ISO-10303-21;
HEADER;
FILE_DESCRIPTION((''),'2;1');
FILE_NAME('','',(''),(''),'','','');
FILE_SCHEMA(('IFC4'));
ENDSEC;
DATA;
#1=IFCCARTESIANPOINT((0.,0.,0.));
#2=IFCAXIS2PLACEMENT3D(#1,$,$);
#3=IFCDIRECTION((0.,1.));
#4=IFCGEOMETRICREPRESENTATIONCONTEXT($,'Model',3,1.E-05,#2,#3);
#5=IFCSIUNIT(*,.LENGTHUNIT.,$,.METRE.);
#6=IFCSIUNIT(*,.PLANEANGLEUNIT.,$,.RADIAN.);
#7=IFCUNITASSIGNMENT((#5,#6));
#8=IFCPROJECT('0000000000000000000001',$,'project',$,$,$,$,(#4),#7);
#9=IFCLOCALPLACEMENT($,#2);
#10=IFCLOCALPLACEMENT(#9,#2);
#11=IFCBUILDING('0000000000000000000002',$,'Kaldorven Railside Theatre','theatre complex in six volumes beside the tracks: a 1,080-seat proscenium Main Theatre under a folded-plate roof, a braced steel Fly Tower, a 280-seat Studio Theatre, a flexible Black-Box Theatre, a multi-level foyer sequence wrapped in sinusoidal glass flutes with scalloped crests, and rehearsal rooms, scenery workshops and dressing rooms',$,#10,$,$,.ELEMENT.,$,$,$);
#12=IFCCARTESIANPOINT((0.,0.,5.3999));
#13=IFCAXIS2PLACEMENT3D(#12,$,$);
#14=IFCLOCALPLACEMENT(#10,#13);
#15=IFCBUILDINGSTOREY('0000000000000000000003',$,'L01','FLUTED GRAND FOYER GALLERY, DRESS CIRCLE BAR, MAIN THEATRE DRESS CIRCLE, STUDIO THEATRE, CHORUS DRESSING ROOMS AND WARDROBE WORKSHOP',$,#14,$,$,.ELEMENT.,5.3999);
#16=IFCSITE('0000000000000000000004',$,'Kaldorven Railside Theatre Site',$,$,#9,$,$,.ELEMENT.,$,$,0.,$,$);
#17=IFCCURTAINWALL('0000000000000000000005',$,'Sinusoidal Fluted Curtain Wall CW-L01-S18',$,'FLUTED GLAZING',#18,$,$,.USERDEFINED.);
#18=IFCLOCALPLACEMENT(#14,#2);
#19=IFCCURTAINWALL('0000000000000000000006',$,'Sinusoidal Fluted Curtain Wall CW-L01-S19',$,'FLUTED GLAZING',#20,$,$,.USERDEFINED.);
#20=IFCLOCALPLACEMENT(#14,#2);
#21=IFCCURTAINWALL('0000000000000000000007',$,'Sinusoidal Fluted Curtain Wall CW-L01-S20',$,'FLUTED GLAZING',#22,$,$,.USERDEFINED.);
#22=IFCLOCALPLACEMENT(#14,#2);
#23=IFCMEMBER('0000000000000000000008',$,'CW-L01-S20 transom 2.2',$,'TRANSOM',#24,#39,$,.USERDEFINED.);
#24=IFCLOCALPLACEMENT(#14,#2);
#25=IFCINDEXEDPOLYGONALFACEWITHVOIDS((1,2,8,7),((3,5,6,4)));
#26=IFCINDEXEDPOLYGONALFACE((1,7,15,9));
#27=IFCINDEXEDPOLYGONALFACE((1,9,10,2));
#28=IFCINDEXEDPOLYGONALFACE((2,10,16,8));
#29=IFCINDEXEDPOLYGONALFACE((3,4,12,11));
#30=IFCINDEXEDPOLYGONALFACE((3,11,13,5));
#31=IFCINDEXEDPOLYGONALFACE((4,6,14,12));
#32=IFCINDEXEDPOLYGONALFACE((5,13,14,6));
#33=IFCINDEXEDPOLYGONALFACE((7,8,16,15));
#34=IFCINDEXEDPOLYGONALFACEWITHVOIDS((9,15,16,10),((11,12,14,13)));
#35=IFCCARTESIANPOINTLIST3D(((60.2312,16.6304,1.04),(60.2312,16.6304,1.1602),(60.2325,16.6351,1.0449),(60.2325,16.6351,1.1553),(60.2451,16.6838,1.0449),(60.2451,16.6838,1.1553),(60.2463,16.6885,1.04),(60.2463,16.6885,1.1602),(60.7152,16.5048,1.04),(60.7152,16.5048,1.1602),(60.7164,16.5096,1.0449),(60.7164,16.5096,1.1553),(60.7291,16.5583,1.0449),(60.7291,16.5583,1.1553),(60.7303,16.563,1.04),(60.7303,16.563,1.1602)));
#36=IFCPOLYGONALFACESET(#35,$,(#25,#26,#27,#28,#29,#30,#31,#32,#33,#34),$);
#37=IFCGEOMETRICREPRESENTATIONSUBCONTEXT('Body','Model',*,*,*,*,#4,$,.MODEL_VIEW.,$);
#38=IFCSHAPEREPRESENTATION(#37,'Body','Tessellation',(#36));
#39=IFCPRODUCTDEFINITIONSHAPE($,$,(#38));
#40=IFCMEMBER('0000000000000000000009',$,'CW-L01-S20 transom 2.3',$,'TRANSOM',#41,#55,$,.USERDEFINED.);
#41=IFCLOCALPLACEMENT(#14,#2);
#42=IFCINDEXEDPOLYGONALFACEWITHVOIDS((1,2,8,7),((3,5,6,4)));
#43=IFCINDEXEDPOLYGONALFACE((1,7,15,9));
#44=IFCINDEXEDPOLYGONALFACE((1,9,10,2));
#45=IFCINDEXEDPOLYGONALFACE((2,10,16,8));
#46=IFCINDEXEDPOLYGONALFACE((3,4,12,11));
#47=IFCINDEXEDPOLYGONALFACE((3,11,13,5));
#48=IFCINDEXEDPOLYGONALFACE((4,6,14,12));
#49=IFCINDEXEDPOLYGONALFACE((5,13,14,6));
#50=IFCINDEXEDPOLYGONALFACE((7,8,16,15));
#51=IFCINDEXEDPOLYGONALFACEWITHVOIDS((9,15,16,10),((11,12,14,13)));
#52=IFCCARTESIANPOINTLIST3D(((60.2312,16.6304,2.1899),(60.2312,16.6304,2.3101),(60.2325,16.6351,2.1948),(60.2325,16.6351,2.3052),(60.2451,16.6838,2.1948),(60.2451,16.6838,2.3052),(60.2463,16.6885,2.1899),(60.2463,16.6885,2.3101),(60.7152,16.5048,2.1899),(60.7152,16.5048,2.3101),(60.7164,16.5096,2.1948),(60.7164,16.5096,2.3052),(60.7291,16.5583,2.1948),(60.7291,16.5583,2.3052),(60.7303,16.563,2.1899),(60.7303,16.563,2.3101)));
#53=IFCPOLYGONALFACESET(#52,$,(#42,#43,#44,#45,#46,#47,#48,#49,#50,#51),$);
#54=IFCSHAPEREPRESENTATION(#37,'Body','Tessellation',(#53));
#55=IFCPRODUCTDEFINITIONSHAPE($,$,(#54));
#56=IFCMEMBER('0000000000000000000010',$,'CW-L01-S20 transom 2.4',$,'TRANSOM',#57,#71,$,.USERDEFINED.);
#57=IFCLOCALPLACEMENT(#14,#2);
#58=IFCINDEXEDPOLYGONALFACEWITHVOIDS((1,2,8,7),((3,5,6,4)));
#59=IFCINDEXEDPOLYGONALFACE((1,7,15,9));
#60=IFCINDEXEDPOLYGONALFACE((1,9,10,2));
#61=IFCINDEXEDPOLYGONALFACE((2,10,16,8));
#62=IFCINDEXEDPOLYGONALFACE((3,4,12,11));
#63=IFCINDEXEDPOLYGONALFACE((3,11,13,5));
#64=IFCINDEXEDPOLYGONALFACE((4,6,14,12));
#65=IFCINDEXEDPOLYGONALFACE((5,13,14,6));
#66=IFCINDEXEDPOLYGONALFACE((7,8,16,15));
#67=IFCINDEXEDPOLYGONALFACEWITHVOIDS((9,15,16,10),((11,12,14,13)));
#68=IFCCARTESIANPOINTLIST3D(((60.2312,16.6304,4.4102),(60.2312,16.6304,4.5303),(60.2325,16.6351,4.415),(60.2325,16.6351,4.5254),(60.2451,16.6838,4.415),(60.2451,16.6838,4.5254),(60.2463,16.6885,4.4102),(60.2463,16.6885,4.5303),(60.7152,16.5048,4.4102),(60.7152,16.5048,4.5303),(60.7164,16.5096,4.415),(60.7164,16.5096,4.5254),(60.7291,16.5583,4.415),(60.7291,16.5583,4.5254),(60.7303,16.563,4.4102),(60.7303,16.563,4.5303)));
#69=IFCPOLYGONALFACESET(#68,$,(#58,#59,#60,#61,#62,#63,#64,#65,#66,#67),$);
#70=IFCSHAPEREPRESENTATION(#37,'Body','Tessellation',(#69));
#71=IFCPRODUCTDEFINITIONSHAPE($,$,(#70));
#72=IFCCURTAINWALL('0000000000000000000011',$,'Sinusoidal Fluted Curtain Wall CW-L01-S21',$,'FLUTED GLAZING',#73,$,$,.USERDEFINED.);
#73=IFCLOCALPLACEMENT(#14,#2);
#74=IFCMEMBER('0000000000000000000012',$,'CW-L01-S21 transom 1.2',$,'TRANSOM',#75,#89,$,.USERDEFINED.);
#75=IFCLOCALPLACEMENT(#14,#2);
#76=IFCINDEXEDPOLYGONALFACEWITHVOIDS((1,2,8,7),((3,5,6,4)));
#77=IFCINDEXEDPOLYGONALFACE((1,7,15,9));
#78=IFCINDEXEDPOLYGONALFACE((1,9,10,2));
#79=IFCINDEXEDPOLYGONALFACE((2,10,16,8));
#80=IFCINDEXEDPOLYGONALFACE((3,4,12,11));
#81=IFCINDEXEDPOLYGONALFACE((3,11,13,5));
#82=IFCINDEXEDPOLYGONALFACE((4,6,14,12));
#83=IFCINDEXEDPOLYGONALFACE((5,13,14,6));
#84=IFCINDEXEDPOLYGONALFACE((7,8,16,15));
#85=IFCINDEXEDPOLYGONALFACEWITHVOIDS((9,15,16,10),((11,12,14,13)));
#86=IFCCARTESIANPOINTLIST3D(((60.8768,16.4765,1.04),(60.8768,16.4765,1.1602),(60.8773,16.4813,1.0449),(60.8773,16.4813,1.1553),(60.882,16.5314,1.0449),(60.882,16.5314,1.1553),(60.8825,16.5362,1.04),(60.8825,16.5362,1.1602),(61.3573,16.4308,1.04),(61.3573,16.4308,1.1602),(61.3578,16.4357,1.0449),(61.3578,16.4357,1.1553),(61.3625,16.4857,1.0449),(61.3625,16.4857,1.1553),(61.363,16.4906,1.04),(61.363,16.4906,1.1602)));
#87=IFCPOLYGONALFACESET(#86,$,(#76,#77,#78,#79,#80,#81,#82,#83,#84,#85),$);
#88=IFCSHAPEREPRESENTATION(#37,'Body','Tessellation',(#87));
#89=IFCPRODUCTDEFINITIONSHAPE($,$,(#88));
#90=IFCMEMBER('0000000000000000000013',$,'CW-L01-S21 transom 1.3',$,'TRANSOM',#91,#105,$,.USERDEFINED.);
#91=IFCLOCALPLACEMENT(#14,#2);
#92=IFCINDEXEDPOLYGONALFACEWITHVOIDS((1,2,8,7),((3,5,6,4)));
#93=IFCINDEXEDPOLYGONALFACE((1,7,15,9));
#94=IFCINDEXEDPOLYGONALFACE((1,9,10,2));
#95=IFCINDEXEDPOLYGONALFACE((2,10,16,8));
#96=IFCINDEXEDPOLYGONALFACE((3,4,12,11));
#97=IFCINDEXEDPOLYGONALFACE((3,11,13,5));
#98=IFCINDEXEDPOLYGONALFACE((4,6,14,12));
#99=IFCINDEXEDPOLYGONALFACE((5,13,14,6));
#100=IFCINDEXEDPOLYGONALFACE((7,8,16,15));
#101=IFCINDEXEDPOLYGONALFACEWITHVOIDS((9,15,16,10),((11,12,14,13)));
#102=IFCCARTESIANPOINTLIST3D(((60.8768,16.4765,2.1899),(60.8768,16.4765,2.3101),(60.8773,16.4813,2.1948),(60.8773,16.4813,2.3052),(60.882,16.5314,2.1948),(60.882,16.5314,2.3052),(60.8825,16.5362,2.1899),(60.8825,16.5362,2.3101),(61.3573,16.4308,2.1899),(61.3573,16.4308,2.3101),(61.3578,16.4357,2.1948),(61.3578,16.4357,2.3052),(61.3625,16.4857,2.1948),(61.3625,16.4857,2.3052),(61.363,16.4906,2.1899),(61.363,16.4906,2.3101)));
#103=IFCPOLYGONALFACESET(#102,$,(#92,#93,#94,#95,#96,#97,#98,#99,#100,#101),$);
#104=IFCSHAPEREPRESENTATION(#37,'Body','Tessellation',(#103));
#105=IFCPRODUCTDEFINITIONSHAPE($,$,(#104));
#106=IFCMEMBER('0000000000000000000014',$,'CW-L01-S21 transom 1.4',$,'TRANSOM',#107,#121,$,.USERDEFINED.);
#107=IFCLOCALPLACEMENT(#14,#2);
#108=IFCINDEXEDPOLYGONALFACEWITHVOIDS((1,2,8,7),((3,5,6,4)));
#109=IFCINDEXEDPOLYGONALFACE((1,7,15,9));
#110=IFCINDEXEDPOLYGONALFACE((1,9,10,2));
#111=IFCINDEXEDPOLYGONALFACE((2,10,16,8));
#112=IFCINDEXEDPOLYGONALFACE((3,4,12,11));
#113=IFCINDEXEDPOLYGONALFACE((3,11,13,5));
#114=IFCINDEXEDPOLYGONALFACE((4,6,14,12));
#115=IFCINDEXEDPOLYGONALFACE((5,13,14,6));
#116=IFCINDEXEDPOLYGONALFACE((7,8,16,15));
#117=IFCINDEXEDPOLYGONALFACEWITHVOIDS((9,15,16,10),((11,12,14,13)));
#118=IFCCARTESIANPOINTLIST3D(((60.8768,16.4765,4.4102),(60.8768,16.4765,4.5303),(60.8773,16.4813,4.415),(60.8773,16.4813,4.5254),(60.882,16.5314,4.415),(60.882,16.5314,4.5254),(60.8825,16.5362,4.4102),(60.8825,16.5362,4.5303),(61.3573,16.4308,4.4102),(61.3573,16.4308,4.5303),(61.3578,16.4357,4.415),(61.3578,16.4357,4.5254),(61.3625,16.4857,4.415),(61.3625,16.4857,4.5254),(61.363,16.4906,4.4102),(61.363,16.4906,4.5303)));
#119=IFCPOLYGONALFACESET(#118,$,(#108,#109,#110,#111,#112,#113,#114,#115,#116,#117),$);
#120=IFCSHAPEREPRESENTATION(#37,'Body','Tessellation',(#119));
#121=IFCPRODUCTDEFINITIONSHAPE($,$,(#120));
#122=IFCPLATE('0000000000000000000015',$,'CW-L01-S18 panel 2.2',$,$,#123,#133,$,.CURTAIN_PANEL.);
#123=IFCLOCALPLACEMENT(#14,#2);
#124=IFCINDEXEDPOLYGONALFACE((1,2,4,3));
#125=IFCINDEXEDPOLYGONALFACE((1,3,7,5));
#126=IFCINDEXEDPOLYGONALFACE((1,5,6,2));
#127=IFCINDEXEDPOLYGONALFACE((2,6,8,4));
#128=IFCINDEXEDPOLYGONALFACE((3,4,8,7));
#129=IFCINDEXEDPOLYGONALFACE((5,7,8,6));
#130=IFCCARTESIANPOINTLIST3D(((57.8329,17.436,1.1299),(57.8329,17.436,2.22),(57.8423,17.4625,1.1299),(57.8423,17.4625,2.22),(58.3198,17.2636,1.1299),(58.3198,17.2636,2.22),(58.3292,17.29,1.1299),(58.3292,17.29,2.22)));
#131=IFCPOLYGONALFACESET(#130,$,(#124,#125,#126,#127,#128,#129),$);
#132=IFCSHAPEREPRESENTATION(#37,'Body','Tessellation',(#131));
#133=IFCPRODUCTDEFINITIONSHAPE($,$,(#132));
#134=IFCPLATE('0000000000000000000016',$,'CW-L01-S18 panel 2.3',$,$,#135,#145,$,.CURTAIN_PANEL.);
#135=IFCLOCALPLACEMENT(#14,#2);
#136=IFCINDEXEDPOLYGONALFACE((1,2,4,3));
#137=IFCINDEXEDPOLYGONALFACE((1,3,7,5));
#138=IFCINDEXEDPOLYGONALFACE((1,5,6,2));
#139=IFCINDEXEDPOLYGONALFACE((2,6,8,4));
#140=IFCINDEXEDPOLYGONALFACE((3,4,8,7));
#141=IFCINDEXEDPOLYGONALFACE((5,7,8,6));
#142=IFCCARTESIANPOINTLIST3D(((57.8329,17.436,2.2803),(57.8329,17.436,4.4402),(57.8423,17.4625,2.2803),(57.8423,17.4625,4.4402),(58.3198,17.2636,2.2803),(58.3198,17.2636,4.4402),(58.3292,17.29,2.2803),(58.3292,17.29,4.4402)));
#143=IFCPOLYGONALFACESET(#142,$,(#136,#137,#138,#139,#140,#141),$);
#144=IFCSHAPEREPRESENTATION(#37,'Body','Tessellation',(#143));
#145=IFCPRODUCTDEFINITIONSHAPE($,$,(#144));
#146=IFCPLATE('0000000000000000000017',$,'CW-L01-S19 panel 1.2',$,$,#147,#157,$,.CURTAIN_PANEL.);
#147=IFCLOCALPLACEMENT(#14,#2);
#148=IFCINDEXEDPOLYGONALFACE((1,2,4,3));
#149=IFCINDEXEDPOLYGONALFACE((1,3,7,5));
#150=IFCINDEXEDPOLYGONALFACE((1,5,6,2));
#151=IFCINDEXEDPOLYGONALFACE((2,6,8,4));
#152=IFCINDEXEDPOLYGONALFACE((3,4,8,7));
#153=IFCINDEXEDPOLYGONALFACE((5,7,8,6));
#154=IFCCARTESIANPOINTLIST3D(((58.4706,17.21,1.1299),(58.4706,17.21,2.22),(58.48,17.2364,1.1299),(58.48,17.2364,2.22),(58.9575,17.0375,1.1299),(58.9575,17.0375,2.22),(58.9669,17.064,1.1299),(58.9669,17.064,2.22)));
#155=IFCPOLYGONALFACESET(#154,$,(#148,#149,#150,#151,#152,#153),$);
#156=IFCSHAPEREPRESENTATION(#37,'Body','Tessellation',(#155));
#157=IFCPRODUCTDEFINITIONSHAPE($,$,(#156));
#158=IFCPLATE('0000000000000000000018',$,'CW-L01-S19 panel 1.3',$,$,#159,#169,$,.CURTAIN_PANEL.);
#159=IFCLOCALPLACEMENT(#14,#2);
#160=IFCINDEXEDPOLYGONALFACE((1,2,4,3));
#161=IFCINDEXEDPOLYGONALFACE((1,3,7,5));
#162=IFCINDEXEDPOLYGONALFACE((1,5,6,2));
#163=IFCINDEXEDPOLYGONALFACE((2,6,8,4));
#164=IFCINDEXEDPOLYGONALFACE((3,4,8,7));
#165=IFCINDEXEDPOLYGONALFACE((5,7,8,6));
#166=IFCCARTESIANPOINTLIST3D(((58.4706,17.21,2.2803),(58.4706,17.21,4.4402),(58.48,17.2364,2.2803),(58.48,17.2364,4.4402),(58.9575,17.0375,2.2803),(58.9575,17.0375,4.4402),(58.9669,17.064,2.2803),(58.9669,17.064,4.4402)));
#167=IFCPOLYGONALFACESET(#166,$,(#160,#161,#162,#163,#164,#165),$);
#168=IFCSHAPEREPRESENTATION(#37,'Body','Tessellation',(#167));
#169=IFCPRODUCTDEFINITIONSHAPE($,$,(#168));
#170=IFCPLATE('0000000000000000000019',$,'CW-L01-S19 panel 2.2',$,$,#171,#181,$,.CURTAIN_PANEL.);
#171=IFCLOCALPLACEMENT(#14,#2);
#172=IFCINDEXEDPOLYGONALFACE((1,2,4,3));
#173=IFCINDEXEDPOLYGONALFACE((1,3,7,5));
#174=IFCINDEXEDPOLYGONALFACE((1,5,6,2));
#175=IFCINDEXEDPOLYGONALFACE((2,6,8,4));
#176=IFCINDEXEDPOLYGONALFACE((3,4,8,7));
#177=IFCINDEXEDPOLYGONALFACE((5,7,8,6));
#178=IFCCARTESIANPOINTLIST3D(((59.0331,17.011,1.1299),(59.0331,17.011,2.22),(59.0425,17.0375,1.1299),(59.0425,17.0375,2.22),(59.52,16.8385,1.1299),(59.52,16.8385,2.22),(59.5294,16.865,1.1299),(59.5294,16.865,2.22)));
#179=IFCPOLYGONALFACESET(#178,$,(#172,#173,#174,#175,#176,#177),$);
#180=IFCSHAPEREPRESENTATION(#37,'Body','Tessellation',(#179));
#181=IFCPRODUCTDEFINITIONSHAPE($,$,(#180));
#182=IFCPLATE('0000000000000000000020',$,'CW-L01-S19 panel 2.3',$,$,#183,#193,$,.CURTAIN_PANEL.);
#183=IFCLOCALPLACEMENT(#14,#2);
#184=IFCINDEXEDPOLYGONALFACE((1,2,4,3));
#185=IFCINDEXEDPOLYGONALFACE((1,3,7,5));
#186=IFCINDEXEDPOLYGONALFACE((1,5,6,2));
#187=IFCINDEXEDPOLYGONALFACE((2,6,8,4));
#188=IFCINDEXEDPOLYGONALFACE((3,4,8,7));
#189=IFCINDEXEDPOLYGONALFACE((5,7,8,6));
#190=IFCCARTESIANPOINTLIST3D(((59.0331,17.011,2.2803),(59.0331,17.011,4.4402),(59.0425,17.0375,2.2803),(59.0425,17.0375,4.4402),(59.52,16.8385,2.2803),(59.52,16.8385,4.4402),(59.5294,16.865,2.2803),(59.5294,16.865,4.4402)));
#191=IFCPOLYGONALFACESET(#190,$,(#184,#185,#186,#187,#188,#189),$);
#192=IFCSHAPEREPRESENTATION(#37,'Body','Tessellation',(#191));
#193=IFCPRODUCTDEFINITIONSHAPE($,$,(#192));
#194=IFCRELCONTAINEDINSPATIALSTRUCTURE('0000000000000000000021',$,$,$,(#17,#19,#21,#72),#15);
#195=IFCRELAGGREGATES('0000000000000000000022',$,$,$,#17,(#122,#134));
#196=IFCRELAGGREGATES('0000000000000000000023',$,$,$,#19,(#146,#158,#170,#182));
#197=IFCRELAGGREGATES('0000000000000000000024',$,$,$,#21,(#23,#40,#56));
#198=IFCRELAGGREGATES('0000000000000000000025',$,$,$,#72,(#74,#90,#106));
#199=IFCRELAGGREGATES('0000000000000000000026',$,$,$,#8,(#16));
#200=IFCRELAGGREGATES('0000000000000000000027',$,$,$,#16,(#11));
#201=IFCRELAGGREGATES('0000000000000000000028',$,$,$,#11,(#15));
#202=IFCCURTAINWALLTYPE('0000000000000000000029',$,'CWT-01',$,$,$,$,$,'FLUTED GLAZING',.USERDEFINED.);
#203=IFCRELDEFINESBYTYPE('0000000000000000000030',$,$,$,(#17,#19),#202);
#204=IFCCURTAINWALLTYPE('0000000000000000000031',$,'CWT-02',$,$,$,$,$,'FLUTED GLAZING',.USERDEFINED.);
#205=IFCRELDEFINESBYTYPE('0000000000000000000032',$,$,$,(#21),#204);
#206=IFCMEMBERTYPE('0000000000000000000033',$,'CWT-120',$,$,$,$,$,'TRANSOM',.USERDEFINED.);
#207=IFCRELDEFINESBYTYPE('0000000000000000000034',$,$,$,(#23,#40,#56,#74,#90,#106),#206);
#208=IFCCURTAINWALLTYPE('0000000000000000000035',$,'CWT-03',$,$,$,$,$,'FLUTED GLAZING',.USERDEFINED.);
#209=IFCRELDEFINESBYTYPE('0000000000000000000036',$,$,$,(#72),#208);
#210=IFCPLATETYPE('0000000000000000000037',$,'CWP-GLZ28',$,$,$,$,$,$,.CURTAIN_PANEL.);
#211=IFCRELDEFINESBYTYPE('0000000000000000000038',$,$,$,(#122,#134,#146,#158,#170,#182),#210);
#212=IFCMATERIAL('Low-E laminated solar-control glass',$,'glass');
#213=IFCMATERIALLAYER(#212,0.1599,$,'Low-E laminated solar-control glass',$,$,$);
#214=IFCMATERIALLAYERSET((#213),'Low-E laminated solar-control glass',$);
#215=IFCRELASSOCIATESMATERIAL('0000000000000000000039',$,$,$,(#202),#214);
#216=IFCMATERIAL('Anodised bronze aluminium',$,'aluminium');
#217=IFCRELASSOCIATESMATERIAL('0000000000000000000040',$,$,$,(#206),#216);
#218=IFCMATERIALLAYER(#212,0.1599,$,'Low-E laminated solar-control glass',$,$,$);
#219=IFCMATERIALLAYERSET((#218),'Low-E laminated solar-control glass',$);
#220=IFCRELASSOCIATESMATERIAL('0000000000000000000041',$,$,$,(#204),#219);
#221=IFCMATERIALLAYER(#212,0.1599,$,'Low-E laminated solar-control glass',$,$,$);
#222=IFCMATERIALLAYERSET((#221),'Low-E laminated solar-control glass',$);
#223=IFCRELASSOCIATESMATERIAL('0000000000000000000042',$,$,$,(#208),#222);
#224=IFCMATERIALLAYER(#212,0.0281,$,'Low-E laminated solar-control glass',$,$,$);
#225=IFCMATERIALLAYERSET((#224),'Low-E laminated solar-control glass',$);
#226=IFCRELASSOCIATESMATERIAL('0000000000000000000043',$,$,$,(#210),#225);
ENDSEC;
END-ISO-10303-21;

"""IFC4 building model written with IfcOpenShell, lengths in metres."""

from ifc_helpers import new_model, si_unit, direction, frame, origin, origin_2d, place, context, subcontext, project, spatial, rectangle, hollow_rectangle, extrude, material, layer, layer_set, material_profile, profile_set, type_object, element, aggregate, save


model = new_model("IFC4")

# Units and contexts
model_context = context("Model", 3, precision=1e-05, world=origin(), true_north=direction((0.0, 1.0)))
body_context = subcontext(model_context, "Body", "Model", "MODEL_VIEW")
ifc_project = project(units=[si_unit("LENGTHUNIT", "METRE"), si_unit("PLANEANGLEUNIT", "RADIAN")], contexts=[model_context])

# Site, building, storey
site_placement = place(None, origin())
site = spatial("IfcSite", under=ifc_project, at=site_placement, Name="Kaldorven Railside Theatre Site", CompositionType="ELEMENT", RefElevation=0.0)
building_placement = place(site_placement, origin())
building = spatial("IfcBuilding", under=site, at=building_placement, Name="Kaldorven Railside Theatre", Description="theatre complex in six volumes beside the tracks: a 1,080-seat proscenium Main Theatre under a folded-plate roof, a braced steel Fly Tower, a 280-seat Studio Theatre, a flexible Black-Box Theatre, a multi-level foyer sequence wrapped in sinusoidal glass flutes with scalloped crests, and rehearsal rooms, scenery workshops and dressing rooms", CompositionType="ELEMENT")
storey_placement = place(building_placement, frame((0.0, 0.0, 5.3999)))
storey = spatial("IfcBuildingStorey", under=building, at=storey_placement, Name="L01", Description="FLUTED GRAND FOYER GALLERY, DRESS CIRCLE BAR, MAIN THEATRE DRESS CIRCLE, STUDIO THEATRE, CHORUS DRESSING ROOMS AND WARDROBE WORKSHOP", CompositionType="ELEMENT", Elevation=5.3999)

# Curtain walls, members
ifc_material_1 = material(Name="Low-E laminated solar-control glass", Category="glass")
ifc_layer_1 = layer(ifc_material_1, 0.1599, Name="Low-E laminated solar-control glass")
ifc_layer_set_1 = layer_set([ifc_layer_1], Name="Low-E laminated solar-control glass")
curtain_wall_type_1 = type_object("IfcCurtainWallType", Name="CWT-01", ElementType="FLUTED GLAZING", PredefinedType="USERDEFINED", material=ifc_layer_set_1)
curtain_wall_1_placement = place(storey_placement, origin())
curtain_wall_1 = element("IfcCurtainWall", 1, at=curtain_wall_1_placement, inside=storey, type_object=curtain_wall_type_1, Name="Sinusoidal Fluted Curtain Wall CW-L01-S18", ObjectType="FLUTED GLAZING", PredefinedType="USERDEFINED")
ifc_material_2 = material(Name="Anodised bronze aluminium", Category="aluminium")
ifc_material_profile = material_profile(ifc_material_2, hollow_rectangle(XDim=0.0601, YDim=0.1201, WallThickness=0.0049, at=origin_2d()), Name="RHS 120x60x5")
ifc_profile_set = profile_set([ifc_material_profile], Name="Anodised bronze aluminium")
member_type = type_object("IfcMemberType", Name="CWT-120", ElementType="TRANSOM", PredefinedType="USERDEFINED", material=ifc_profile_set)
curtain_wall_2_placement = place(storey_placement, origin())
curtain_wall_2 = element("IfcCurtainWall", 2, at=curtain_wall_2_placement, inside=storey, type_object=curtain_wall_type_1, Name="Sinusoidal Fluted Curtain Wall CW-L01-S19", ObjectType="FLUTED GLAZING", PredefinedType="USERDEFINED")
ifc_layer_2 = layer(ifc_material_1, 0.1599, Name="Low-E laminated solar-control glass")
ifc_layer_set_2 = layer_set([ifc_layer_2], Name="Low-E laminated solar-control glass")
curtain_wall_type_2 = type_object("IfcCurtainWallType", Name="CWT-02", ElementType="FLUTED GLAZING", PredefinedType="USERDEFINED", material=ifc_layer_set_2)
curtain_wall_3_placement = place(storey_placement, origin())
curtain_wall_3 = element("IfcCurtainWall", 3, at=curtain_wall_3_placement, inside=storey, type_object=curtain_wall_type_2, Name="Sinusoidal Fluted Curtain Wall CW-L01-S20", ObjectType="FLUTED GLAZING", PredefinedType="USERDEFINED")
member_1_placement = place(storey_placement, frame((60.2388, 16.6594, 1.1001), z_axis=(0.967979, -0.25103, 0.0), x_axis=(0.25103, 0.967979, 0.0)))
member_1 = element("IfcMember", 4, at=member_1_placement, type_object=member_type, Name="CW-L01-S20 transom 2.2", ObjectType="TRANSOM", PredefinedType="USERDEFINED", context=body_context, shape_type="SweptSolid", body=[
    extrude(hollow_rectangle(XDim=0.0601, YDim=0.1201, WallThickness=0.0049, at=origin_2d()), origin(), (0.0, 0.0, 1.0), 0.5),
])
member_2_placement = place(storey_placement, frame((60.2388, 16.6594, 2.25), z_axis=(0.967979, -0.25103, 0.0), x_axis=(0.25103, 0.967979, 0.0)))
member_2 = element("IfcMember", 5, at=member_2_placement, type_object=member_type, Name="CW-L01-S20 transom 2.3", ObjectType="TRANSOM", PredefinedType="USERDEFINED", context=body_context, shape_type="SweptSolid", body=[
    extrude(hollow_rectangle(XDim=0.0601, YDim=0.1201, WallThickness=0.0049, at=origin_2d()), origin(), (0.0, 0.0, 1.0), 0.5),
])
member_3_placement = place(storey_placement, frame((60.2388, 16.6594, 4.4702), z_axis=(0.967979, -0.25103, 0.0), x_axis=(0.25103, 0.967979, 0.0)))
member_3 = element("IfcMember", 6, at=member_3_placement, type_object=member_type, Name="CW-L01-S20 transom 2.4", ObjectType="TRANSOM", PredefinedType="USERDEFINED", context=body_context, shape_type="SweptSolid", body=[
    extrude(hollow_rectangle(XDim=0.0601, YDim=0.1201, WallThickness=0.0049, at=origin_2d()), origin(), (0.0, 0.0, 1.0), 0.5),
])
ifc_layer_3 = layer(ifc_material_1, 0.1599, Name="Low-E laminated solar-control glass")
ifc_layer_set_3 = layer_set([ifc_layer_3], Name="Low-E laminated solar-control glass")
curtain_wall_type_3 = type_object("IfcCurtainWallType", Name="CWT-03", ElementType="FLUTED GLAZING", PredefinedType="USERDEFINED", material=ifc_layer_set_3)
curtain_wall_4_placement = place(storey_placement, origin())
curtain_wall_4 = element("IfcCurtainWall", 7, at=curtain_wall_4_placement, inside=storey, type_object=curtain_wall_type_3, Name="Sinusoidal Fluted Curtain Wall CW-L01-S21", ObjectType="FLUTED GLAZING", PredefinedType="USERDEFINED")
member_4_placement = place(storey_placement, frame((60.8796, 16.5063, 1.1001), z_axis=(0.995516, -0.094594, 0.0), x_axis=(0.094594, 0.995516, 0.0)))
member_4 = element("IfcMember", 8, at=member_4_placement, type_object=member_type, Name="CW-L01-S21 transom 1.2", ObjectType="TRANSOM", PredefinedType="USERDEFINED", context=body_context, shape_type="SweptSolid", body=[
    extrude(hollow_rectangle(XDim=0.0601, YDim=0.1201, WallThickness=0.0049, at=origin_2d()), origin(), (0.0, 0.0, 1.0), 0.4827),
])
member_5_placement = place(storey_placement, frame((60.8796, 16.5063, 2.25), z_axis=(0.995516, -0.094594, 0.0), x_axis=(0.094594, 0.995516, 0.0)))
member_5 = element("IfcMember", 9, at=member_5_placement, type_object=member_type, Name="CW-L01-S21 transom 1.3", ObjectType="TRANSOM", PredefinedType="USERDEFINED", context=body_context, shape_type="SweptSolid", body=[
    extrude(hollow_rectangle(XDim=0.0601, YDim=0.1201, WallThickness=0.0049, at=origin_2d()), origin(), (0.0, 0.0, 1.0), 0.4827),
])
member_6_placement = place(storey_placement, frame((60.8796, 16.5063, 4.4702), z_axis=(0.995516, -0.094594, 0.0), x_axis=(0.094594, 0.995516, 0.0)))
member_6 = element("IfcMember", 10, at=member_6_placement, type_object=member_type, Name="CW-L01-S21 transom 1.4", ObjectType="TRANSOM", PredefinedType="USERDEFINED", context=body_context, shape_type="SweptSolid", body=[
    extrude(hollow_rectangle(XDim=0.0601, YDim=0.1201, WallThickness=0.0049, at=origin_2d()), origin(), (0.0, 0.0, 1.0), 0.4827),
])

# Plates
ifc_layer_4 = layer(ifc_material_1, 0.0281, Name="Low-E laminated solar-control glass")
ifc_layer_set_4 = layer_set([ifc_layer_4], Name="Low-E laminated solar-control glass")
plate_type = type_object("IfcPlateType", Name="CWP-GLZ28", PredefinedType="CURTAIN_PANEL", material=ifc_layer_set_4)
plate_1_placement = place(storey_placement, frame((58.0811, 17.363, 1.1299), z_axis=(0.0, 0.0, 1.0), x_axis=(0.942627, -0.333847, 0.0)))
plate_1 = element("IfcPlate", 11, at=plate_1_placement, type_object=plate_type, Name="CW-L01-S18 panel 2.2", PredefinedType="CURTAIN_PANEL", context=body_context, shape_type="SweptSolid", body=[
    extrude(rectangle(XDim=0.5166, YDim=0.0281, at=origin_2d()), origin(), (0.0, 0.0, 1.0), 1.0901),
])
plate_2_placement = place(storey_placement, frame((58.0811, 17.363, 2.2803), z_axis=(0.0, 0.0, 1.0), x_axis=(0.942627, -0.333847, 0.0)))
plate_2 = element("IfcPlate", 12, at=plate_2_placement, type_object=plate_type, Name="CW-L01-S18 panel 2.3", PredefinedType="CURTAIN_PANEL", context=body_context, shape_type="SweptSolid", body=[
    extrude(rectangle(XDim=0.5166, YDim=0.0281, at=origin_2d()), origin(), (0.0, 0.0, 1.0), 2.1599),
])
aggregate(curtain_wall_1, [plate_1, plate_2])
plate_3_placement = place(storey_placement, frame((58.7188, 17.137, 1.1299), z_axis=(0.0, 0.0, 1.0), x_axis=(0.942627, -0.333847, 0.0)))
plate_3 = element("IfcPlate", 13, at=plate_3_placement, type_object=plate_type, Name="CW-L01-S19 panel 1.2", PredefinedType="CURTAIN_PANEL", context=body_context, shape_type="SweptSolid", body=[
    extrude(rectangle(XDim=0.5166, YDim=0.0281, at=origin_2d()), origin(), (0.0, 0.0, 1.0), 1.0901),
])
plate_4_placement = place(storey_placement, frame((58.7188, 17.137, 2.2803), z_axis=(0.0, 0.0, 1.0), x_axis=(0.942627, -0.333847, 0.0)))
plate_4 = element("IfcPlate", 14, at=plate_4_placement, type_object=plate_type, Name="CW-L01-S19 panel 1.3", PredefinedType="CURTAIN_PANEL", context=body_context, shape_type="SweptSolid", body=[
    extrude(rectangle(XDim=0.5166, YDim=0.0281, at=origin_2d()), origin(), (0.0, 0.0, 1.0), 2.1599),
])
plate_5_placement = place(storey_placement, frame((59.2812, 16.938, 1.1299), z_axis=(0.0, 0.0, 1.0), x_axis=(0.942627, -0.333847, 0.0)))
plate_5 = element("IfcPlate", 15, at=plate_5_placement, type_object=plate_type, Name="CW-L01-S19 panel 2.2", PredefinedType="CURTAIN_PANEL", context=body_context, shape_type="SweptSolid", body=[
    extrude(rectangle(XDim=0.5166, YDim=0.0281, at=origin_2d()), origin(), (0.0, 0.0, 1.0), 1.0901),
])
plate_6_placement = place(storey_placement, frame((59.2812, 16.938, 2.2803), z_axis=(0.0, 0.0, 1.0), x_axis=(0.942627, -0.333847, 0.0)))
plate_6 = element("IfcPlate", 16, at=plate_6_placement, type_object=plate_type, Name="CW-L01-S19 panel 2.3", PredefinedType="CURTAIN_PANEL", context=body_context, shape_type="SweptSolid", body=[
    extrude(rectangle(XDim=0.5166, YDim=0.0281, at=origin_2d()), origin(), (0.0, 0.0, 1.0), 2.1599),
])
aggregate(curtain_wall_2, [plate_3, plate_4, plate_5, plate_6])
aggregate(curtain_wall_3, [member_1, member_2, member_3])
aggregate(curtain_wall_4, [member_4, member_5, member_6])

save(model, "model.ifc")
